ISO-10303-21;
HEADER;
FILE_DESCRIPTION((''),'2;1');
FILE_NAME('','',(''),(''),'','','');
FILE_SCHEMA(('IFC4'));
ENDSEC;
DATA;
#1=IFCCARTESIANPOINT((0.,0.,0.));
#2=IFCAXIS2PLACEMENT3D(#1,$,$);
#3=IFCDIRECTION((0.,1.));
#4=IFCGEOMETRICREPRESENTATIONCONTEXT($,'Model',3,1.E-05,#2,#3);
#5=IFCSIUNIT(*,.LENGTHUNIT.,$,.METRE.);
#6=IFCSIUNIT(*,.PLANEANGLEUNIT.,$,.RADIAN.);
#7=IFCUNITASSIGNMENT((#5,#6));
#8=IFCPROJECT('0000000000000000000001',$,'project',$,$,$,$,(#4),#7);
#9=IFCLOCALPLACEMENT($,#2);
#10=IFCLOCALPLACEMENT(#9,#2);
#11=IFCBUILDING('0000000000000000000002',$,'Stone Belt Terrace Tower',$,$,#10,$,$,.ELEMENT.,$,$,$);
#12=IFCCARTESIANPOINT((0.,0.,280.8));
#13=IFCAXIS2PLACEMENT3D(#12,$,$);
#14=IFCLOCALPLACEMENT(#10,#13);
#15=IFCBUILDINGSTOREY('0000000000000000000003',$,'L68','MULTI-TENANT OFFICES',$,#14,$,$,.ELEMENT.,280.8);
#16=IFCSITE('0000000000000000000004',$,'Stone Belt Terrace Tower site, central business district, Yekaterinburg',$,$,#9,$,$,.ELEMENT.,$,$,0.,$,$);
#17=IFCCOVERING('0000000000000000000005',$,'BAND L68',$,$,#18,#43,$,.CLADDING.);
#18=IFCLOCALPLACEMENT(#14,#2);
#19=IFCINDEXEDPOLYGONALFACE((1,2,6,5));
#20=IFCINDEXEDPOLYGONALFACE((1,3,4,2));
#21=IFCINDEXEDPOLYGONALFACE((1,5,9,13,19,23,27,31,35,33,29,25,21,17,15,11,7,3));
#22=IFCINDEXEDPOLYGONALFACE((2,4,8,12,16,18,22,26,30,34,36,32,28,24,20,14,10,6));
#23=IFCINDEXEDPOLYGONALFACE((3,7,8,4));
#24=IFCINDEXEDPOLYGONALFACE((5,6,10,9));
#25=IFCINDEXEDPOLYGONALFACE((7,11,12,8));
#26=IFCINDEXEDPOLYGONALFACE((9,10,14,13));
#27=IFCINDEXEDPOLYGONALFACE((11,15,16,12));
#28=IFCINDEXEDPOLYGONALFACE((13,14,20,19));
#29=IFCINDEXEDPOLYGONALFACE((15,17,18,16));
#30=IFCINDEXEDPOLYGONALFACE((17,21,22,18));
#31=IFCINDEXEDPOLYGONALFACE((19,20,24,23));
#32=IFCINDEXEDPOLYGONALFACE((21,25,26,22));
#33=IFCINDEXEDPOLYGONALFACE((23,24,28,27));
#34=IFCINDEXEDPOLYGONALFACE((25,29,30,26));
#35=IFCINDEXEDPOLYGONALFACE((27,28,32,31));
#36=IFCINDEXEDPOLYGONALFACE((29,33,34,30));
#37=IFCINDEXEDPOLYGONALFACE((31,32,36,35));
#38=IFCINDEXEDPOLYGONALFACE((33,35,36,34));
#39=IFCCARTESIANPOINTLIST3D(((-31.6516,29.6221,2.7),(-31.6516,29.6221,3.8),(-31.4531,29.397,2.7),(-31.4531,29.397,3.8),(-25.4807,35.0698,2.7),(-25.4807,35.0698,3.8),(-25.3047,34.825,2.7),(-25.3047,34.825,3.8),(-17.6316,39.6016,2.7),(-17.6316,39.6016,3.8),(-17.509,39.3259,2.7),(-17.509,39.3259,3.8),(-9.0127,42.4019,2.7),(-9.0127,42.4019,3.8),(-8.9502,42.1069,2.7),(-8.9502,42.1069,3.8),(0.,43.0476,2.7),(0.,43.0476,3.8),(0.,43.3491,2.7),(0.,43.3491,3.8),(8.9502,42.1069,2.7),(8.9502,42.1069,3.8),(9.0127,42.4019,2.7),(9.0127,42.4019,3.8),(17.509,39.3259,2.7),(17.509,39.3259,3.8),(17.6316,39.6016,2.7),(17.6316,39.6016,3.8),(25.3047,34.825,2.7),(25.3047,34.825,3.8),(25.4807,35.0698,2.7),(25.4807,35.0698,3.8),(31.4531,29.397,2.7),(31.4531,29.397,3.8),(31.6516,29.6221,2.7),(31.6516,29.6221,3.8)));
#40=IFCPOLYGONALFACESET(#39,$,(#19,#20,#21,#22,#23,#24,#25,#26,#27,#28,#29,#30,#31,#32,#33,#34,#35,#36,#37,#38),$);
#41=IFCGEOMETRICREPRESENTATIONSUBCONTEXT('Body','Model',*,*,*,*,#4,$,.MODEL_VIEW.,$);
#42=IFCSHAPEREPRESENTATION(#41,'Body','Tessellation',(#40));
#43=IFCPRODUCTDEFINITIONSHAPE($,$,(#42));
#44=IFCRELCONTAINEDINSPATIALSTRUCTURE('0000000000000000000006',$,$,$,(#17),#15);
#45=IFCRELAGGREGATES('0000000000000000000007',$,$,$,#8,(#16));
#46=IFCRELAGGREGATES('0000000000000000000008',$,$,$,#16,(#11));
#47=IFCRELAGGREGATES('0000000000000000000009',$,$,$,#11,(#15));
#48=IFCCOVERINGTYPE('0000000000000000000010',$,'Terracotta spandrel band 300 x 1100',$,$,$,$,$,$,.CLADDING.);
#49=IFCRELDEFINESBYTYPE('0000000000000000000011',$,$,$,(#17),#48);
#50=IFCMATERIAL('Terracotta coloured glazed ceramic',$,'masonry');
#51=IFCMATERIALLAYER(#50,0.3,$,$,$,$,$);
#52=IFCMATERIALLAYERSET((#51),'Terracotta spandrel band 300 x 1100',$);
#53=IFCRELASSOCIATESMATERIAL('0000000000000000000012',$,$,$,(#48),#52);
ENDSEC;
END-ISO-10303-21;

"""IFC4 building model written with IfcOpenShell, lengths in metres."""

from ifc_helpers import new_model, si_unit, direction, frame, origin, place, context, subcontext, project, spatial, polyline, outline, extrude, material, layer, layer_set, type_object, element, save


model = new_model("IFC4")

# Units and contexts
model_context = context("Model", 3, precision=1e-05, world=origin(), true_north=direction((0.0, 1.0)))
body_context = subcontext(model_context, "Body", "Model", "MODEL_VIEW")
ifc_project = project(units=[si_unit("LENGTHUNIT", "METRE"), si_unit("PLANEANGLEUNIT", "RADIAN")], contexts=[model_context])

# Site, building, storey
site_placement = place(None, origin())
site = spatial("IfcSite", under=ifc_project, at=site_placement, Name="Stone Belt Terrace Tower site, central business district, Yekaterinburg", CompositionType="ELEMENT", RefElevation=0.0)
building_placement = place(site_placement, origin())
building = spatial("IfcBuilding", under=site, at=building_placement, Name="Stone Belt Terrace Tower", CompositionType="ELEMENT")
storey_placement = place(building_placement, frame((0.0, 0.0, 280.8)))
storey = spatial("IfcBuildingStorey", under=building, at=storey_placement, Name="L68", Description="MULTI-TENANT OFFICES", CompositionType="ELEMENT", Elevation=280.8)

# Covering
ifc_material_1 = material(Name="Terracotta coloured glazed ceramic", Category="masonry")
ifc_layer_1 = layer(ifc_material_1, 0.3)
ifc_layer_set_1 = layer_set([ifc_layer_1], Name="Terracotta spandrel band 300 x 1100")
covering_type = type_object("IfcCoveringType", Name="Terracotta spandrel band 300 x 1100", PredefinedType="CLADDING", material=ifc_layer_set_1)
covering_placement = place(storey_placement, frame((0.0, 0.0, 2.7)))
element("IfcCovering", 1, at=covering_placement, inside=storey, type_object=covering_type, Name="BAND L68", PredefinedType="CLADDING", context=body_context, shape_type="SweptSolid", body=[
    extrude(outline(polyline([(-31.6516, 29.6221), (-25.4807, 35.0698), (-17.6316, 39.6016), (-9.0127, 42.4019), (0.0, 43.3491), (9.0127, 42.4019), (17.6316, 39.6016), (25.4807, 35.0698), (31.6516, 29.6221), (31.4531, 29.397), (25.3047, 34.825), (17.509, 39.3259), (8.9502, 42.1069), (0.0, 43.0476), (-8.9502, 42.1069), (-17.509, 39.3259), (-25.3047, 34.825), (-31.4531, 29.397), (-31.6516, 29.6221)])), origin(), (0.0, 0.0, 1.0), 1.1001),
])

save(model, "model.ifc")
